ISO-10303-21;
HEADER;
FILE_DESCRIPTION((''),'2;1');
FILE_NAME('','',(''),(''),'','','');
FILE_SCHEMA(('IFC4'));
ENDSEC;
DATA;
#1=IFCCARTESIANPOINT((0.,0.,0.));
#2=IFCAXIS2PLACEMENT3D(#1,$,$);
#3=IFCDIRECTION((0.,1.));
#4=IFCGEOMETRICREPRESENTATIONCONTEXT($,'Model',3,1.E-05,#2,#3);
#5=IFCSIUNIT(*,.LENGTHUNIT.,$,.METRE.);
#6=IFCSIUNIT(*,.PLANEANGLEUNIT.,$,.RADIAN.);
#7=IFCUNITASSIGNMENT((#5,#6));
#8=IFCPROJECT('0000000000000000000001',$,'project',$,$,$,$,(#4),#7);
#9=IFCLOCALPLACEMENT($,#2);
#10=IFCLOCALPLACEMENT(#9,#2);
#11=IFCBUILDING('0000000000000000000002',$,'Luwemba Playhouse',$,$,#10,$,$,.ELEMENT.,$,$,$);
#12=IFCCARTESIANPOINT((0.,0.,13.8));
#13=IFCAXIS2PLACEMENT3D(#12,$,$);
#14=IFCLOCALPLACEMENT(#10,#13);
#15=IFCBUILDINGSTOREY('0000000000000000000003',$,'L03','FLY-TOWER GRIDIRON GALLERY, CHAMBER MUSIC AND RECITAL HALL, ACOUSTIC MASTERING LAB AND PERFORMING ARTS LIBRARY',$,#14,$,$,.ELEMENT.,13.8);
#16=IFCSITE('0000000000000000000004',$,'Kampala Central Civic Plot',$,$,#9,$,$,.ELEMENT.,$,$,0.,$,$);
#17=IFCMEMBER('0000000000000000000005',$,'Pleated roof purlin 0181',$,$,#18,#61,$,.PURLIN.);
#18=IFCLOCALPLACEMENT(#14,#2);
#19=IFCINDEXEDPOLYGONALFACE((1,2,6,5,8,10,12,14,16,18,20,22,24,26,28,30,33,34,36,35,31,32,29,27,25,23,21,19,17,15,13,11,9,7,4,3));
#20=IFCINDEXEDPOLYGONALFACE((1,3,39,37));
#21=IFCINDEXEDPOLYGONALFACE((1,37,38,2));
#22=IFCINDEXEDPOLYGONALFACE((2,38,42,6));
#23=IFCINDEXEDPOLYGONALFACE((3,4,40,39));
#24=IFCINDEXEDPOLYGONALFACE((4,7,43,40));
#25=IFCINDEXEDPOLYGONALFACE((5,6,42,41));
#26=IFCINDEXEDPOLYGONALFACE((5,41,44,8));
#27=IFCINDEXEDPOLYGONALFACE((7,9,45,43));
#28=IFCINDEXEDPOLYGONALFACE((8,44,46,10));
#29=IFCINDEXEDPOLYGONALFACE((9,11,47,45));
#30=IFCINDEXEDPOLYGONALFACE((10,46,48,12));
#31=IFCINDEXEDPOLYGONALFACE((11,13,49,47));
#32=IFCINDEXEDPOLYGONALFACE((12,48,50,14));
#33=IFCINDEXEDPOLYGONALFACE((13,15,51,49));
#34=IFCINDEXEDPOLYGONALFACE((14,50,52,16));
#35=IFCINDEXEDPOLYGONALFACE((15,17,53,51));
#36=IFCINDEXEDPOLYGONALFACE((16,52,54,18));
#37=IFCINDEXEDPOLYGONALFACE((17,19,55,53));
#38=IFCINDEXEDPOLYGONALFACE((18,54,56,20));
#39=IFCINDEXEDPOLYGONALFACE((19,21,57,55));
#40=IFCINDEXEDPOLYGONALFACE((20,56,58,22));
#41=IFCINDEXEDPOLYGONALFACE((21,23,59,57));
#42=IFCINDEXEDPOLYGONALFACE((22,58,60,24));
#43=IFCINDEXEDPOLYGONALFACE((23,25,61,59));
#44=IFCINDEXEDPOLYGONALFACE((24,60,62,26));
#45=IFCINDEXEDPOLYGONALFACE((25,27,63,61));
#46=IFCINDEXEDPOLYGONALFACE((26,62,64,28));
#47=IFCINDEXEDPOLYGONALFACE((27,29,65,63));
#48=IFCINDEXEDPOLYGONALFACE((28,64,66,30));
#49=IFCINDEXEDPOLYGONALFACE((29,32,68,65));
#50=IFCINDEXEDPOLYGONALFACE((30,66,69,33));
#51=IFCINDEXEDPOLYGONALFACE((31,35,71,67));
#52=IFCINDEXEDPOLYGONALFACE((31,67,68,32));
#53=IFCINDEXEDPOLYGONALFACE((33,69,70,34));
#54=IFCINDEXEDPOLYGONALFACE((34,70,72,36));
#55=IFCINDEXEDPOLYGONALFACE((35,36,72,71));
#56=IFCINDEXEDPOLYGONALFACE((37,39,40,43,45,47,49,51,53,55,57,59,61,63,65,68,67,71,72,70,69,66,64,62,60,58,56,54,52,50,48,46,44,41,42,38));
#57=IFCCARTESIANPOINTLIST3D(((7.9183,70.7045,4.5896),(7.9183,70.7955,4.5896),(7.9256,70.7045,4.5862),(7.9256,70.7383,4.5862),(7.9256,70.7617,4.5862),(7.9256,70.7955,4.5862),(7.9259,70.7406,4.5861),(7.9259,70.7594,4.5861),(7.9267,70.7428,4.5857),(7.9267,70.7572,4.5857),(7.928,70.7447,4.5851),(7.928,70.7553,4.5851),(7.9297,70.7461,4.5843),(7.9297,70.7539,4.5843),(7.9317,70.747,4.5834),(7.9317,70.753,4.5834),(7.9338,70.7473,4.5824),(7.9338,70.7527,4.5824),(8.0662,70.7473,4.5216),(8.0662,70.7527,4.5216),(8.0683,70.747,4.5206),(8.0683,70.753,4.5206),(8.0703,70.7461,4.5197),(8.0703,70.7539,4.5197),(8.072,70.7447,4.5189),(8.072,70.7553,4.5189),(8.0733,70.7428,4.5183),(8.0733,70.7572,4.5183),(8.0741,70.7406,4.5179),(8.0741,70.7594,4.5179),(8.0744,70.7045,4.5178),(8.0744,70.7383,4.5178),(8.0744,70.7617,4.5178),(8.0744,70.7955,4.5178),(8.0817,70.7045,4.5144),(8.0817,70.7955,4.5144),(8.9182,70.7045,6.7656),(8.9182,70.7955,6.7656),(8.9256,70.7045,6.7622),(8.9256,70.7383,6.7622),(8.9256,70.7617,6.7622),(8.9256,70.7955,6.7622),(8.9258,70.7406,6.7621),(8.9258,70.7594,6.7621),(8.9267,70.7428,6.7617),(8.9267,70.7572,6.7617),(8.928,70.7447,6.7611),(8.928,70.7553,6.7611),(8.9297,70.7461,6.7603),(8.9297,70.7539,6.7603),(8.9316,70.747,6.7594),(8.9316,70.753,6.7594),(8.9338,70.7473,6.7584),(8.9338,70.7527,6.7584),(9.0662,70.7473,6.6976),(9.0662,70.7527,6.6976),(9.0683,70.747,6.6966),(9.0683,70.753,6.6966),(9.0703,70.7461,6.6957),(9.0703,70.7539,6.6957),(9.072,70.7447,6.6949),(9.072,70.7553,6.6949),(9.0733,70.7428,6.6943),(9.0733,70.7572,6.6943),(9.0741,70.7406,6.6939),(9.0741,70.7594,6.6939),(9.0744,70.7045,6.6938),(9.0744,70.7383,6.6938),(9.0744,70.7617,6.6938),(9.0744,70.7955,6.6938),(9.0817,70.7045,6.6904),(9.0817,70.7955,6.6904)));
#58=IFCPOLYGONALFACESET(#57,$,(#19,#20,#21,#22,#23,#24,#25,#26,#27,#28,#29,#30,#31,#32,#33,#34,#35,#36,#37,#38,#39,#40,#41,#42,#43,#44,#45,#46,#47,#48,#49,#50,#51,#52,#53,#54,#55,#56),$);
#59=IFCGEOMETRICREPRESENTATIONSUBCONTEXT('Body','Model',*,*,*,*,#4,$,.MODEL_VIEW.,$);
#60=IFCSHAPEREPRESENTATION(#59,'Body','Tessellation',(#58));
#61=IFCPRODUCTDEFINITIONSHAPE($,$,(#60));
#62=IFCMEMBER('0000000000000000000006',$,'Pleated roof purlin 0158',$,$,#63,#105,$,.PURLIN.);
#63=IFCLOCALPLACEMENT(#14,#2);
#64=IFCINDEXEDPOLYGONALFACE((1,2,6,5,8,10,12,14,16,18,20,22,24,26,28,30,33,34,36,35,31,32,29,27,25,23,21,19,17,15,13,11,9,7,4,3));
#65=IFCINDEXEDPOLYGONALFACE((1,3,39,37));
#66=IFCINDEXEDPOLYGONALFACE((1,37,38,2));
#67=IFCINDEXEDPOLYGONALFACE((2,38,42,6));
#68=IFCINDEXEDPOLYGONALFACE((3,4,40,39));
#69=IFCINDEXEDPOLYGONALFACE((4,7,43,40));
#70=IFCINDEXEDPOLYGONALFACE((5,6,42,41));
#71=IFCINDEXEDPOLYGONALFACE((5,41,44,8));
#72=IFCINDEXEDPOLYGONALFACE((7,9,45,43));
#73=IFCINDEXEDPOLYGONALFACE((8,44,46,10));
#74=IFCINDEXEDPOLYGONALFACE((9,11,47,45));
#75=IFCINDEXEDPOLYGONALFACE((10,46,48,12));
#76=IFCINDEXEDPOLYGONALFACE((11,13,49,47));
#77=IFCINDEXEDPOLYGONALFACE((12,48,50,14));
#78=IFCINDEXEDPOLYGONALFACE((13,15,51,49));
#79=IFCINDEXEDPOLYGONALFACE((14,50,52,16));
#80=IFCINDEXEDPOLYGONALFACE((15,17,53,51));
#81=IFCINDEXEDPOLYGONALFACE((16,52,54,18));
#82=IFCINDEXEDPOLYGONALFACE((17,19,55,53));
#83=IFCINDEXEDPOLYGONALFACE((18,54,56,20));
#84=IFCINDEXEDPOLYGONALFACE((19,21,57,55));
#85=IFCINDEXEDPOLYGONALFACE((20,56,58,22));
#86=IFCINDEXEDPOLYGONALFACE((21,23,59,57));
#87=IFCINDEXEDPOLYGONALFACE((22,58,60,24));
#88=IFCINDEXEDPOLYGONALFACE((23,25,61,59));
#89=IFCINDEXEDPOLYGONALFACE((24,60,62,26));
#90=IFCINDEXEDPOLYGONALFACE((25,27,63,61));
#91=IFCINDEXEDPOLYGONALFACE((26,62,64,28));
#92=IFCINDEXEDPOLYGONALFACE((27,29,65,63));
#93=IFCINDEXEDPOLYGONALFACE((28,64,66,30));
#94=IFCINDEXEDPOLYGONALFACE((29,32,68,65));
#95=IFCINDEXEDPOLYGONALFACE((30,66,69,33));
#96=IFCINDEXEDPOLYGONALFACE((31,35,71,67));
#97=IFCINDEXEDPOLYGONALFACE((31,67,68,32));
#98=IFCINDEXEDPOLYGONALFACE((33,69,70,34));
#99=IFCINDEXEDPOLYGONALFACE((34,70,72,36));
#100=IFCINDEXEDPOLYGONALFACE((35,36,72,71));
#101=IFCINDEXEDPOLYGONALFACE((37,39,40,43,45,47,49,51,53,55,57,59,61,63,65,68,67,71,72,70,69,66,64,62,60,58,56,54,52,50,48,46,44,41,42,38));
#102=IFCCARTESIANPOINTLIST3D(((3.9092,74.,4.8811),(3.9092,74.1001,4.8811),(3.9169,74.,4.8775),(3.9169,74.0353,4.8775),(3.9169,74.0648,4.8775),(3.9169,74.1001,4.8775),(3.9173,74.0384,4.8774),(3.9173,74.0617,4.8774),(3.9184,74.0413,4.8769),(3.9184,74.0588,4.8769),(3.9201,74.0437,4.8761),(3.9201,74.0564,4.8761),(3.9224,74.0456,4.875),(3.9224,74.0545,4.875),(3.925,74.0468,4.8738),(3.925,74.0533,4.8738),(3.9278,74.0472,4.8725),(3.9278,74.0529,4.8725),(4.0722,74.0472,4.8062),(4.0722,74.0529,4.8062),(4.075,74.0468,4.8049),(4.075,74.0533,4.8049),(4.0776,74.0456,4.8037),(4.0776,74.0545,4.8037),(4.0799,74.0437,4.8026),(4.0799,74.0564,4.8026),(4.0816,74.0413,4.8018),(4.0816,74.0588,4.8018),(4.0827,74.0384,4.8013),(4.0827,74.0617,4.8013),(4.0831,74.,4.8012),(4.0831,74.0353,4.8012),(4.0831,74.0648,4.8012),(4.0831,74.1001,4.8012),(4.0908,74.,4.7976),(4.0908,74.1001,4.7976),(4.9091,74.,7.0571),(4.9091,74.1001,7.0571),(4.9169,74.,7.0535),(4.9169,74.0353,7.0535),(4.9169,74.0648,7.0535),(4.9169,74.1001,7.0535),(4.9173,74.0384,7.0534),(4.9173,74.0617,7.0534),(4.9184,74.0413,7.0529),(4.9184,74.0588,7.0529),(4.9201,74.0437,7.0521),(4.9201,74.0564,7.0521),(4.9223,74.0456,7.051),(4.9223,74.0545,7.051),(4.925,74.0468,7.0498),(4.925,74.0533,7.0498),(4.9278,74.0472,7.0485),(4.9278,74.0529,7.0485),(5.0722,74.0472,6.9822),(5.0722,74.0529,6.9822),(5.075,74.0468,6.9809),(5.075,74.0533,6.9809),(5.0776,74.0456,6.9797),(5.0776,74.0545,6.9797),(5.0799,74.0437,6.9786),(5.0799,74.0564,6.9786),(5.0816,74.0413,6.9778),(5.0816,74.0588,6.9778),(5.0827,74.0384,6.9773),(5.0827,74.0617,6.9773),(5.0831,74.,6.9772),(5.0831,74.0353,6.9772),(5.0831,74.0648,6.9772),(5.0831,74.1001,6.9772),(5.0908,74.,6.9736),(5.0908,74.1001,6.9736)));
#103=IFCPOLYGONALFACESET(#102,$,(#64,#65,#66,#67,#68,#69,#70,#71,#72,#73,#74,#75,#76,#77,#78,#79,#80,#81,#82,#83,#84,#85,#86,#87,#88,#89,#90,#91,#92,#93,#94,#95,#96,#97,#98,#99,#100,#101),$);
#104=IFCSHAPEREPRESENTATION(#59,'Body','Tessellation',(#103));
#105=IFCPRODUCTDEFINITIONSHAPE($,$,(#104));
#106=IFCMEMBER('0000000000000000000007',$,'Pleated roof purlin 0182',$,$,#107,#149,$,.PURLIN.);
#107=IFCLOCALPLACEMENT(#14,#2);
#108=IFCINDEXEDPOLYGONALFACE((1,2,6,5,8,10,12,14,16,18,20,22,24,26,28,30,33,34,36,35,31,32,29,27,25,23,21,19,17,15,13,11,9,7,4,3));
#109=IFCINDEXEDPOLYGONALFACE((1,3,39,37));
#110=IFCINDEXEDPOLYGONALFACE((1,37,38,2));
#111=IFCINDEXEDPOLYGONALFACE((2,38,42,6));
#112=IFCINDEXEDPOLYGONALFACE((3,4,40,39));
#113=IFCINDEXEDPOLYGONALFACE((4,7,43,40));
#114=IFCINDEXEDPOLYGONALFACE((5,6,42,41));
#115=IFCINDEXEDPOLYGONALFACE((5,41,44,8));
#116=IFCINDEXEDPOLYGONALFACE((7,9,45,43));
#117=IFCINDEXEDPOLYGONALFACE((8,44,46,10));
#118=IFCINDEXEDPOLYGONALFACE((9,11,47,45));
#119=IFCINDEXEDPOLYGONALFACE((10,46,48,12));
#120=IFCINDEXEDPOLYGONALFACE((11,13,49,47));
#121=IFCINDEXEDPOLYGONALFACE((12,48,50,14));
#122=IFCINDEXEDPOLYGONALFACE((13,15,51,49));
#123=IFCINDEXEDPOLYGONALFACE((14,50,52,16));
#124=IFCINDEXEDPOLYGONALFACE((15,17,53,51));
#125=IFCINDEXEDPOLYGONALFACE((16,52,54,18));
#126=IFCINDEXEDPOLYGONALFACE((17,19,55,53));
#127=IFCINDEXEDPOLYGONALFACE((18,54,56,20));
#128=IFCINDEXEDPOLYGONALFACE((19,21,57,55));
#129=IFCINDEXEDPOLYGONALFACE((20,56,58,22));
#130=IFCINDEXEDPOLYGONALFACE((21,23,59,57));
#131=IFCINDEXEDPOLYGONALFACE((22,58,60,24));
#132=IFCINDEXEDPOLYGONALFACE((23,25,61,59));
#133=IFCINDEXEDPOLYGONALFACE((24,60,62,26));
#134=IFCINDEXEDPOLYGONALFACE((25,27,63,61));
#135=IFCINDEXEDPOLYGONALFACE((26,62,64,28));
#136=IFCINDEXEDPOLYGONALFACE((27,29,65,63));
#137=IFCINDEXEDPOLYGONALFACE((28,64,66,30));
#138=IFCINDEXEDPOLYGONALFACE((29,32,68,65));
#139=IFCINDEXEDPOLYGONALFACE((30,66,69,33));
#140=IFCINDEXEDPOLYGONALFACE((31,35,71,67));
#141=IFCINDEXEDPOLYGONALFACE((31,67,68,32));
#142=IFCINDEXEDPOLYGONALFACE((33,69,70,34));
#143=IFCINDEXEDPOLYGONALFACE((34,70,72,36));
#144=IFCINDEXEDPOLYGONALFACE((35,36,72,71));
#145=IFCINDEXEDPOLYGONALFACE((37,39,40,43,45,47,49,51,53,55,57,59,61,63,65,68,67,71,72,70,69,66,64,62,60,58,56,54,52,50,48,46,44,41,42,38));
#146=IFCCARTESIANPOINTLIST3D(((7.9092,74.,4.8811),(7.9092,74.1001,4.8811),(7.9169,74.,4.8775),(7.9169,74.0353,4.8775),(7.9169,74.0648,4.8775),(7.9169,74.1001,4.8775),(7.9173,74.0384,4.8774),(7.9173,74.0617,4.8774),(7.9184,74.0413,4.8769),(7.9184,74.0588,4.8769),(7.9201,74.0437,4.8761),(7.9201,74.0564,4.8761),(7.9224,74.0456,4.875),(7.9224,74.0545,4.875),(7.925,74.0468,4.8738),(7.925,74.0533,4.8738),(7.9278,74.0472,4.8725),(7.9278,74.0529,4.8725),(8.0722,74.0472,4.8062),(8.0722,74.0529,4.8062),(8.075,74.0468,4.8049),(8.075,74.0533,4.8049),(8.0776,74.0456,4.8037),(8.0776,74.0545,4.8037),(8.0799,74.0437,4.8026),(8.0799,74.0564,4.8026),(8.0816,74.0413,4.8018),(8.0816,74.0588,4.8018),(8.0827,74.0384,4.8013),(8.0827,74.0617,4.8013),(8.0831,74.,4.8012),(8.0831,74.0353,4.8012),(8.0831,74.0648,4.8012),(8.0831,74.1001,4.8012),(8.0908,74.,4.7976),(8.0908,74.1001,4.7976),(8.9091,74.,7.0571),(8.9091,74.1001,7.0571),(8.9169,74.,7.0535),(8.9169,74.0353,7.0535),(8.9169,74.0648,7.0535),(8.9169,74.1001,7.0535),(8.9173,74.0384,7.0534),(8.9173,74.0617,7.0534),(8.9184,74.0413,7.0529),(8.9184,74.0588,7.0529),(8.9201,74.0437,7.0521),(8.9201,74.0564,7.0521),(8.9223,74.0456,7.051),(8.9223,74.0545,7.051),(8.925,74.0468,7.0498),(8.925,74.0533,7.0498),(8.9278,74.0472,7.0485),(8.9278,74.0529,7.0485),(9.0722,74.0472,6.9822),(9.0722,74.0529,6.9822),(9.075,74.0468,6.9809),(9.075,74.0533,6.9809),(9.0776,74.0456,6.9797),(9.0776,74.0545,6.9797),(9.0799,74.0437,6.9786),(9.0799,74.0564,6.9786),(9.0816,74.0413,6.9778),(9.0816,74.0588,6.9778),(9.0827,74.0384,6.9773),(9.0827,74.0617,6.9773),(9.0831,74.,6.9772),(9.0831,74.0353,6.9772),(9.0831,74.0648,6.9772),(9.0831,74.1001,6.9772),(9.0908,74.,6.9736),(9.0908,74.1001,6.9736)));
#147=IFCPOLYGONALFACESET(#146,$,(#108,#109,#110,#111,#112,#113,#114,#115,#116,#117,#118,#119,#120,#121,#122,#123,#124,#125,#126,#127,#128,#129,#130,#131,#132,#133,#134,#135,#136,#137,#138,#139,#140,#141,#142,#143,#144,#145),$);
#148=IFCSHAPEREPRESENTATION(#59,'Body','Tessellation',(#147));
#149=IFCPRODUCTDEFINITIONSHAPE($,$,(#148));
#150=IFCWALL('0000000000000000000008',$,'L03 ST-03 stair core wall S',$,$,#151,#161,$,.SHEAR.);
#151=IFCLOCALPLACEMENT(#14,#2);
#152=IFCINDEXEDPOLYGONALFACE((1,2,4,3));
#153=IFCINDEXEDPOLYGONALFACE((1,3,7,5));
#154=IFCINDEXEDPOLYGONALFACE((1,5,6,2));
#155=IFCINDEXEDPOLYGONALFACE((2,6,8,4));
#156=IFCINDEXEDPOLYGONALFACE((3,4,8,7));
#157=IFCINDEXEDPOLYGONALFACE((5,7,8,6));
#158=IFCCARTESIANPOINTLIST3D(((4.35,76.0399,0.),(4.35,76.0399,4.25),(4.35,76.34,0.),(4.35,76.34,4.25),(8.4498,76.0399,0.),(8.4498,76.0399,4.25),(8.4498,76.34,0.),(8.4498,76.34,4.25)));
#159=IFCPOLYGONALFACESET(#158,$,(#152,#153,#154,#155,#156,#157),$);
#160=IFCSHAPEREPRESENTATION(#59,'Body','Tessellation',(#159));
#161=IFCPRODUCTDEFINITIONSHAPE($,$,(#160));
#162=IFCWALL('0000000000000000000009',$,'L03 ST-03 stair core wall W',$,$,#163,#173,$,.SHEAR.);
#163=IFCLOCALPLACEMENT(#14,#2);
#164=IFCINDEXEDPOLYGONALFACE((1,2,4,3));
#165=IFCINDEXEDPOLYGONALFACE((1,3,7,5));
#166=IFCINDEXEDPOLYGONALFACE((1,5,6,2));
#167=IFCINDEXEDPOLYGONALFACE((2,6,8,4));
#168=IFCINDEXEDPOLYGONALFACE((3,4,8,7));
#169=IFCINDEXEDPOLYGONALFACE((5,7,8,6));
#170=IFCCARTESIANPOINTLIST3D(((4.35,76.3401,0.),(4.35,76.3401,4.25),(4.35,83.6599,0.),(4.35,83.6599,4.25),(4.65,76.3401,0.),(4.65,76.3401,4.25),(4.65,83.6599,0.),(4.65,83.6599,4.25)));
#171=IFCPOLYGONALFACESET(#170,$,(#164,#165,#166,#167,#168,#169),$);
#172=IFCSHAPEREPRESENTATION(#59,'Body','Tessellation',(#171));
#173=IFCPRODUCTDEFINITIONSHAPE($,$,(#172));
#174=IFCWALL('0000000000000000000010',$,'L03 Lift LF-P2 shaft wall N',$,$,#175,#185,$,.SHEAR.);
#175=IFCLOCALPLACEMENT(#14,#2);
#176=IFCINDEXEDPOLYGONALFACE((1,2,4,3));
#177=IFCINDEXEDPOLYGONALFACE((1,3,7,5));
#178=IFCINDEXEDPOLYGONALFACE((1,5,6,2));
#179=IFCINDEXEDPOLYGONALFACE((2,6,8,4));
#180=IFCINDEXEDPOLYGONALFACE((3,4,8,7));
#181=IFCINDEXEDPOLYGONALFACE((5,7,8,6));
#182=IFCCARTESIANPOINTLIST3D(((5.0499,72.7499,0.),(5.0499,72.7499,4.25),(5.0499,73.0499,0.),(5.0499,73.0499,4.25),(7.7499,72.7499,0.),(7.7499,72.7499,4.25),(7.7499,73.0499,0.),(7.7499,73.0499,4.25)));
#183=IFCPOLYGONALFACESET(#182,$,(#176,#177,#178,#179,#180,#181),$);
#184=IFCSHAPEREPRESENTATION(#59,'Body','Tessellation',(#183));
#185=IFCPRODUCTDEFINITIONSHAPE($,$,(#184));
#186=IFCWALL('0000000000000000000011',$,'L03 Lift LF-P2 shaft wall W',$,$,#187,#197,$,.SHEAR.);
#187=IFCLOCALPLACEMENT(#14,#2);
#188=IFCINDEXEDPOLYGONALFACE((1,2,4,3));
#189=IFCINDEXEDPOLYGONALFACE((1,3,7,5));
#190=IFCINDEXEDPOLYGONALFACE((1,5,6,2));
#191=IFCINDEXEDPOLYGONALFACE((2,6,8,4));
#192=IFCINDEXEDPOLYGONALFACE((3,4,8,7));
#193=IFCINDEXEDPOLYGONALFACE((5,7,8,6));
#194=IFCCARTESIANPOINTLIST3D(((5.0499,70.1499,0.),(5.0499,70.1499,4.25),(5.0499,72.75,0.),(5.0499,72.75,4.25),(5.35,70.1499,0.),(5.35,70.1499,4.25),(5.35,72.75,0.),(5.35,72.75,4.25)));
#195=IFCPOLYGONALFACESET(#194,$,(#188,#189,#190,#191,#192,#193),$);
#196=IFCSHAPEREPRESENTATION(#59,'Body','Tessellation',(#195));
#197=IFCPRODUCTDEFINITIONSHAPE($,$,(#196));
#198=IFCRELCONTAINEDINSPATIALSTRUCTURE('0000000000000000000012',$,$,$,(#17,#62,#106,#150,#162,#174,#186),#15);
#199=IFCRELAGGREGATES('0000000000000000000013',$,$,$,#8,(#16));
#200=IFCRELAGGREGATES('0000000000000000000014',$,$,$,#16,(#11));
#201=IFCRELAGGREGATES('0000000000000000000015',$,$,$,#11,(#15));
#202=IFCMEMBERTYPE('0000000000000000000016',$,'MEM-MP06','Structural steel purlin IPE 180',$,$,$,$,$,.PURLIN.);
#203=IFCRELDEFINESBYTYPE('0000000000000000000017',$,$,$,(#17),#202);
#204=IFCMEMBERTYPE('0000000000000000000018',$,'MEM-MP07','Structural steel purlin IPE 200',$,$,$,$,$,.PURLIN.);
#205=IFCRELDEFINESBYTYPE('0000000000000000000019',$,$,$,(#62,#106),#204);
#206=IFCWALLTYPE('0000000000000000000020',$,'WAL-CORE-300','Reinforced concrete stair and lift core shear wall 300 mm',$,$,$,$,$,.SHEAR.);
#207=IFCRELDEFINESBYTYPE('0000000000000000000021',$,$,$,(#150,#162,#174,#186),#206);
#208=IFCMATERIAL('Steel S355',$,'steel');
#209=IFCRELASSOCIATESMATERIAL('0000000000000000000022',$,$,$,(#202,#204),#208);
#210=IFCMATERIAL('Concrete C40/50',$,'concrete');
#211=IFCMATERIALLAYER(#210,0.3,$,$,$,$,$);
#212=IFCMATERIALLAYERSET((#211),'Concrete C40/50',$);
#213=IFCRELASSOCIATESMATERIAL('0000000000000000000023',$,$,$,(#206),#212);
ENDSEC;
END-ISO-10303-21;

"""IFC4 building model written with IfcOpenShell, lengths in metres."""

from ifc_helpers import new_model, si_unit, direction, frame, frame_2d, origin, origin_2d, place, context, subcontext, project, spatial, rectangle, i_section, extrude, material, layer, layer_set, material_profile, profile_set, type_object, element, save


model = new_model("IFC4")

# Units and contexts
model_context = context("Model", 3, precision=1e-05, world=origin(), true_north=direction((0.0, 1.0)))
body_context = subcontext(model_context, "Body", "Model", "MODEL_VIEW")
ifc_project = project(units=[si_unit("LENGTHUNIT", "METRE"), si_unit("PLANEANGLEUNIT", "RADIAN")], contexts=[model_context])

# Site, building, storey
site_placement = place(None, origin())
site = spatial("IfcSite", under=ifc_project, at=site_placement, Name="Kampala Central Civic Plot", CompositionType="ELEMENT", RefElevation=0.0)
building_placement = place(site_placement, origin())
building = spatial("IfcBuilding", under=site, at=building_placement, Name="Luwemba Playhouse", CompositionType="ELEMENT")
storey_placement = place(building_placement, frame((0.0, 0.0, 13.8)))
storey = spatial("IfcBuildingStorey", under=building, at=storey_placement, Name="L03", Description="FLY-TOWER GRIDIRON GALLERY, CHAMBER MUSIC AND RECITAL HALL, ACOUSTIC MASTERING LAB AND PERFORMING ARTS LIBRARY", CompositionType="ELEMENT", Elevation=13.8)

# Shared definitions
ifc_material_1 = material(Name="Concrete C40/50", Category="concrete")
ifc_material_2 = material(Name="Steel S355", Category="steel")

# Members
ifc_material_profile_1 = material_profile(ifc_material_2, i_section(OverallWidth=0.0911, OverallDepth=0.1799, WebThickness=0.0054, FlangeThickness=0.0081, FilletRadius=0.009, at=origin_2d()))
ifc_profile_set_1 = profile_set([ifc_material_profile_1], Name="Steel S355")
member_type_1 = type_object("IfcMemberType", Name="MEM-MP06", Description="Structural steel purlin IPE 180", PredefinedType="PURLIN", material=ifc_profile_set_1)
for number, where, z_axis, x_axis, name in (
    (1, (8.0, 70.75, 4.552), (0.417571, 0.0, 0.908644), (0.0, 1.0, 0.0), "Pleated roof purlin 0181"),
):
    element("IfcMember", number, at=place(storey_placement, frame(where, z_axis=z_axis, x_axis=x_axis)), inside=storey, type_object=member_type_1, Name=name, PredefinedType="PURLIN", context=body_context, shape_type="SweptSolid", body=[
        extrude(i_section(OverallWidth=0.0911, OverallDepth=0.1799, WebThickness=0.0054, FlangeThickness=0.0081, FilletRadius=0.009, at=origin_2d()), origin(), (0.0, 0.0, 1.0), 2.3948),
    ])
ifc_material_profile_2 = material_profile(ifc_material_2, i_section(OverallWidth=0.1001, OverallDepth=0.2, WebThickness=0.0056, FlangeThickness=0.0085, FilletRadius=0.012, at=origin_2d()))
ifc_profile_set_2 = profile_set([ifc_material_profile_2], Name="Steel S355")
member_type_2 = type_object("IfcMemberType", Name="MEM-MP07", Description="Structural steel purlin IPE 200", PredefinedType="PURLIN", material=ifc_profile_set_2)
for number, where, z_axis, x_axis, name in (
    (2, (4.0, 74.05, 4.8394), (0.417571, 0.0, 0.908644), (0.0, 1.0, 0.0), "Pleated roof purlin 0158"),
    (3, (8.0, 74.05, 4.8394), (0.417571, 0.0, 0.908644), (0.0, 1.0, 0.0), "Pleated roof purlin 0182"),
):
    element("IfcMember", number, at=place(storey_placement, frame(where, z_axis=z_axis, x_axis=x_axis)), inside=storey, type_object=member_type_2, Name=name, PredefinedType="PURLIN", context=body_context, shape_type="SweptSolid", body=[
        extrude(i_section(OverallWidth=0.1001, OverallDepth=0.2, WebThickness=0.0056, FlangeThickness=0.0085, FilletRadius=0.012, at=origin_2d()), origin(), (0.0, 0.0, 1.0), 2.3948),
    ])

# Walls
ifc_layer_1 = layer(ifc_material_1, 0.3)
ifc_layer_set_1 = layer_set([ifc_layer_1], Name="Concrete C40/50")
wall_type_1 = type_object("IfcWallType", Name="WAL-CORE-300", Description="Reinforced concrete stair and lift core shear wall 300 mm", PredefinedType="SHEAR", material=ifc_layer_set_1)
wall_1_placement = place(storey_placement, frame((4.3501, 76.1899, 0.0), z_axis=(0.0, 0.0, 1.0), x_axis=(1.0, 0.0, 0.0)))
element("IfcWall", 4, at=wall_1_placement, inside=storey, type_object=wall_type_1, Name="L03 ST-03 stair core wall S", PredefinedType="SHEAR", context=body_context, shape_type="SweptSolid", body=[
    extrude(rectangle(XDim=4.0999, YDim=0.3, at=frame_2d((2.0498, 0.0))), origin(), (0.0, 0.0, 1.0), 4.25),
])
wall_2_placement = place(storey_placement, frame((4.5, 76.3401, 0.0), z_axis=(0.0, 0.0, 1.0), x_axis=(0.0, 1.0, 0.0)))
element("IfcWall", 5, at=wall_2_placement, inside=storey, type_object=wall_type_1, Name="L03 ST-03 stair core wall W", PredefinedType="SHEAR", context=body_context, shape_type="SweptSolid", body=[
    extrude(rectangle(XDim=7.3198, YDim=0.3, at=frame_2d((3.6599, 0.0))), origin(), (0.0, 0.0, 1.0), 4.25),
])
wall_3_placement = place(storey_placement, frame((7.75, 72.8999, 0.0), z_axis=(0.0, 0.0, 1.0), x_axis=(-1.0, 0.0, 0.0)))
element("IfcWall", 6, at=wall_3_placement, inside=storey, type_object=wall_type_1, Name="L03 Lift LF-P2 shaft wall N", PredefinedType="SHEAR", context=body_context, shape_type="SweptSolid", body=[
    extrude(rectangle(XDim=2.7, YDim=0.3, at=frame_2d((1.3501, 0.0))), origin(), (0.0, 0.0, 1.0), 4.25),
])
wall_4_placement = place(storey_placement, frame((5.2, 70.1499, 0.0), z_axis=(0.0, 0.0, 1.0), x_axis=(0.0, 1.0, 0.0)))
element("IfcWall", 7, at=wall_4_placement, inside=storey, type_object=wall_type_1, Name="L03 Lift LF-P2 shaft wall W", PredefinedType="SHEAR", context=body_context, shape_type="SweptSolid", body=[
    extrude(rectangle(XDim=2.6001, YDim=0.3, at=frame_2d((1.3, 0.0))), origin(), (0.0, 0.0, 1.0), 4.25),
])

save(model, "model.ifc")
